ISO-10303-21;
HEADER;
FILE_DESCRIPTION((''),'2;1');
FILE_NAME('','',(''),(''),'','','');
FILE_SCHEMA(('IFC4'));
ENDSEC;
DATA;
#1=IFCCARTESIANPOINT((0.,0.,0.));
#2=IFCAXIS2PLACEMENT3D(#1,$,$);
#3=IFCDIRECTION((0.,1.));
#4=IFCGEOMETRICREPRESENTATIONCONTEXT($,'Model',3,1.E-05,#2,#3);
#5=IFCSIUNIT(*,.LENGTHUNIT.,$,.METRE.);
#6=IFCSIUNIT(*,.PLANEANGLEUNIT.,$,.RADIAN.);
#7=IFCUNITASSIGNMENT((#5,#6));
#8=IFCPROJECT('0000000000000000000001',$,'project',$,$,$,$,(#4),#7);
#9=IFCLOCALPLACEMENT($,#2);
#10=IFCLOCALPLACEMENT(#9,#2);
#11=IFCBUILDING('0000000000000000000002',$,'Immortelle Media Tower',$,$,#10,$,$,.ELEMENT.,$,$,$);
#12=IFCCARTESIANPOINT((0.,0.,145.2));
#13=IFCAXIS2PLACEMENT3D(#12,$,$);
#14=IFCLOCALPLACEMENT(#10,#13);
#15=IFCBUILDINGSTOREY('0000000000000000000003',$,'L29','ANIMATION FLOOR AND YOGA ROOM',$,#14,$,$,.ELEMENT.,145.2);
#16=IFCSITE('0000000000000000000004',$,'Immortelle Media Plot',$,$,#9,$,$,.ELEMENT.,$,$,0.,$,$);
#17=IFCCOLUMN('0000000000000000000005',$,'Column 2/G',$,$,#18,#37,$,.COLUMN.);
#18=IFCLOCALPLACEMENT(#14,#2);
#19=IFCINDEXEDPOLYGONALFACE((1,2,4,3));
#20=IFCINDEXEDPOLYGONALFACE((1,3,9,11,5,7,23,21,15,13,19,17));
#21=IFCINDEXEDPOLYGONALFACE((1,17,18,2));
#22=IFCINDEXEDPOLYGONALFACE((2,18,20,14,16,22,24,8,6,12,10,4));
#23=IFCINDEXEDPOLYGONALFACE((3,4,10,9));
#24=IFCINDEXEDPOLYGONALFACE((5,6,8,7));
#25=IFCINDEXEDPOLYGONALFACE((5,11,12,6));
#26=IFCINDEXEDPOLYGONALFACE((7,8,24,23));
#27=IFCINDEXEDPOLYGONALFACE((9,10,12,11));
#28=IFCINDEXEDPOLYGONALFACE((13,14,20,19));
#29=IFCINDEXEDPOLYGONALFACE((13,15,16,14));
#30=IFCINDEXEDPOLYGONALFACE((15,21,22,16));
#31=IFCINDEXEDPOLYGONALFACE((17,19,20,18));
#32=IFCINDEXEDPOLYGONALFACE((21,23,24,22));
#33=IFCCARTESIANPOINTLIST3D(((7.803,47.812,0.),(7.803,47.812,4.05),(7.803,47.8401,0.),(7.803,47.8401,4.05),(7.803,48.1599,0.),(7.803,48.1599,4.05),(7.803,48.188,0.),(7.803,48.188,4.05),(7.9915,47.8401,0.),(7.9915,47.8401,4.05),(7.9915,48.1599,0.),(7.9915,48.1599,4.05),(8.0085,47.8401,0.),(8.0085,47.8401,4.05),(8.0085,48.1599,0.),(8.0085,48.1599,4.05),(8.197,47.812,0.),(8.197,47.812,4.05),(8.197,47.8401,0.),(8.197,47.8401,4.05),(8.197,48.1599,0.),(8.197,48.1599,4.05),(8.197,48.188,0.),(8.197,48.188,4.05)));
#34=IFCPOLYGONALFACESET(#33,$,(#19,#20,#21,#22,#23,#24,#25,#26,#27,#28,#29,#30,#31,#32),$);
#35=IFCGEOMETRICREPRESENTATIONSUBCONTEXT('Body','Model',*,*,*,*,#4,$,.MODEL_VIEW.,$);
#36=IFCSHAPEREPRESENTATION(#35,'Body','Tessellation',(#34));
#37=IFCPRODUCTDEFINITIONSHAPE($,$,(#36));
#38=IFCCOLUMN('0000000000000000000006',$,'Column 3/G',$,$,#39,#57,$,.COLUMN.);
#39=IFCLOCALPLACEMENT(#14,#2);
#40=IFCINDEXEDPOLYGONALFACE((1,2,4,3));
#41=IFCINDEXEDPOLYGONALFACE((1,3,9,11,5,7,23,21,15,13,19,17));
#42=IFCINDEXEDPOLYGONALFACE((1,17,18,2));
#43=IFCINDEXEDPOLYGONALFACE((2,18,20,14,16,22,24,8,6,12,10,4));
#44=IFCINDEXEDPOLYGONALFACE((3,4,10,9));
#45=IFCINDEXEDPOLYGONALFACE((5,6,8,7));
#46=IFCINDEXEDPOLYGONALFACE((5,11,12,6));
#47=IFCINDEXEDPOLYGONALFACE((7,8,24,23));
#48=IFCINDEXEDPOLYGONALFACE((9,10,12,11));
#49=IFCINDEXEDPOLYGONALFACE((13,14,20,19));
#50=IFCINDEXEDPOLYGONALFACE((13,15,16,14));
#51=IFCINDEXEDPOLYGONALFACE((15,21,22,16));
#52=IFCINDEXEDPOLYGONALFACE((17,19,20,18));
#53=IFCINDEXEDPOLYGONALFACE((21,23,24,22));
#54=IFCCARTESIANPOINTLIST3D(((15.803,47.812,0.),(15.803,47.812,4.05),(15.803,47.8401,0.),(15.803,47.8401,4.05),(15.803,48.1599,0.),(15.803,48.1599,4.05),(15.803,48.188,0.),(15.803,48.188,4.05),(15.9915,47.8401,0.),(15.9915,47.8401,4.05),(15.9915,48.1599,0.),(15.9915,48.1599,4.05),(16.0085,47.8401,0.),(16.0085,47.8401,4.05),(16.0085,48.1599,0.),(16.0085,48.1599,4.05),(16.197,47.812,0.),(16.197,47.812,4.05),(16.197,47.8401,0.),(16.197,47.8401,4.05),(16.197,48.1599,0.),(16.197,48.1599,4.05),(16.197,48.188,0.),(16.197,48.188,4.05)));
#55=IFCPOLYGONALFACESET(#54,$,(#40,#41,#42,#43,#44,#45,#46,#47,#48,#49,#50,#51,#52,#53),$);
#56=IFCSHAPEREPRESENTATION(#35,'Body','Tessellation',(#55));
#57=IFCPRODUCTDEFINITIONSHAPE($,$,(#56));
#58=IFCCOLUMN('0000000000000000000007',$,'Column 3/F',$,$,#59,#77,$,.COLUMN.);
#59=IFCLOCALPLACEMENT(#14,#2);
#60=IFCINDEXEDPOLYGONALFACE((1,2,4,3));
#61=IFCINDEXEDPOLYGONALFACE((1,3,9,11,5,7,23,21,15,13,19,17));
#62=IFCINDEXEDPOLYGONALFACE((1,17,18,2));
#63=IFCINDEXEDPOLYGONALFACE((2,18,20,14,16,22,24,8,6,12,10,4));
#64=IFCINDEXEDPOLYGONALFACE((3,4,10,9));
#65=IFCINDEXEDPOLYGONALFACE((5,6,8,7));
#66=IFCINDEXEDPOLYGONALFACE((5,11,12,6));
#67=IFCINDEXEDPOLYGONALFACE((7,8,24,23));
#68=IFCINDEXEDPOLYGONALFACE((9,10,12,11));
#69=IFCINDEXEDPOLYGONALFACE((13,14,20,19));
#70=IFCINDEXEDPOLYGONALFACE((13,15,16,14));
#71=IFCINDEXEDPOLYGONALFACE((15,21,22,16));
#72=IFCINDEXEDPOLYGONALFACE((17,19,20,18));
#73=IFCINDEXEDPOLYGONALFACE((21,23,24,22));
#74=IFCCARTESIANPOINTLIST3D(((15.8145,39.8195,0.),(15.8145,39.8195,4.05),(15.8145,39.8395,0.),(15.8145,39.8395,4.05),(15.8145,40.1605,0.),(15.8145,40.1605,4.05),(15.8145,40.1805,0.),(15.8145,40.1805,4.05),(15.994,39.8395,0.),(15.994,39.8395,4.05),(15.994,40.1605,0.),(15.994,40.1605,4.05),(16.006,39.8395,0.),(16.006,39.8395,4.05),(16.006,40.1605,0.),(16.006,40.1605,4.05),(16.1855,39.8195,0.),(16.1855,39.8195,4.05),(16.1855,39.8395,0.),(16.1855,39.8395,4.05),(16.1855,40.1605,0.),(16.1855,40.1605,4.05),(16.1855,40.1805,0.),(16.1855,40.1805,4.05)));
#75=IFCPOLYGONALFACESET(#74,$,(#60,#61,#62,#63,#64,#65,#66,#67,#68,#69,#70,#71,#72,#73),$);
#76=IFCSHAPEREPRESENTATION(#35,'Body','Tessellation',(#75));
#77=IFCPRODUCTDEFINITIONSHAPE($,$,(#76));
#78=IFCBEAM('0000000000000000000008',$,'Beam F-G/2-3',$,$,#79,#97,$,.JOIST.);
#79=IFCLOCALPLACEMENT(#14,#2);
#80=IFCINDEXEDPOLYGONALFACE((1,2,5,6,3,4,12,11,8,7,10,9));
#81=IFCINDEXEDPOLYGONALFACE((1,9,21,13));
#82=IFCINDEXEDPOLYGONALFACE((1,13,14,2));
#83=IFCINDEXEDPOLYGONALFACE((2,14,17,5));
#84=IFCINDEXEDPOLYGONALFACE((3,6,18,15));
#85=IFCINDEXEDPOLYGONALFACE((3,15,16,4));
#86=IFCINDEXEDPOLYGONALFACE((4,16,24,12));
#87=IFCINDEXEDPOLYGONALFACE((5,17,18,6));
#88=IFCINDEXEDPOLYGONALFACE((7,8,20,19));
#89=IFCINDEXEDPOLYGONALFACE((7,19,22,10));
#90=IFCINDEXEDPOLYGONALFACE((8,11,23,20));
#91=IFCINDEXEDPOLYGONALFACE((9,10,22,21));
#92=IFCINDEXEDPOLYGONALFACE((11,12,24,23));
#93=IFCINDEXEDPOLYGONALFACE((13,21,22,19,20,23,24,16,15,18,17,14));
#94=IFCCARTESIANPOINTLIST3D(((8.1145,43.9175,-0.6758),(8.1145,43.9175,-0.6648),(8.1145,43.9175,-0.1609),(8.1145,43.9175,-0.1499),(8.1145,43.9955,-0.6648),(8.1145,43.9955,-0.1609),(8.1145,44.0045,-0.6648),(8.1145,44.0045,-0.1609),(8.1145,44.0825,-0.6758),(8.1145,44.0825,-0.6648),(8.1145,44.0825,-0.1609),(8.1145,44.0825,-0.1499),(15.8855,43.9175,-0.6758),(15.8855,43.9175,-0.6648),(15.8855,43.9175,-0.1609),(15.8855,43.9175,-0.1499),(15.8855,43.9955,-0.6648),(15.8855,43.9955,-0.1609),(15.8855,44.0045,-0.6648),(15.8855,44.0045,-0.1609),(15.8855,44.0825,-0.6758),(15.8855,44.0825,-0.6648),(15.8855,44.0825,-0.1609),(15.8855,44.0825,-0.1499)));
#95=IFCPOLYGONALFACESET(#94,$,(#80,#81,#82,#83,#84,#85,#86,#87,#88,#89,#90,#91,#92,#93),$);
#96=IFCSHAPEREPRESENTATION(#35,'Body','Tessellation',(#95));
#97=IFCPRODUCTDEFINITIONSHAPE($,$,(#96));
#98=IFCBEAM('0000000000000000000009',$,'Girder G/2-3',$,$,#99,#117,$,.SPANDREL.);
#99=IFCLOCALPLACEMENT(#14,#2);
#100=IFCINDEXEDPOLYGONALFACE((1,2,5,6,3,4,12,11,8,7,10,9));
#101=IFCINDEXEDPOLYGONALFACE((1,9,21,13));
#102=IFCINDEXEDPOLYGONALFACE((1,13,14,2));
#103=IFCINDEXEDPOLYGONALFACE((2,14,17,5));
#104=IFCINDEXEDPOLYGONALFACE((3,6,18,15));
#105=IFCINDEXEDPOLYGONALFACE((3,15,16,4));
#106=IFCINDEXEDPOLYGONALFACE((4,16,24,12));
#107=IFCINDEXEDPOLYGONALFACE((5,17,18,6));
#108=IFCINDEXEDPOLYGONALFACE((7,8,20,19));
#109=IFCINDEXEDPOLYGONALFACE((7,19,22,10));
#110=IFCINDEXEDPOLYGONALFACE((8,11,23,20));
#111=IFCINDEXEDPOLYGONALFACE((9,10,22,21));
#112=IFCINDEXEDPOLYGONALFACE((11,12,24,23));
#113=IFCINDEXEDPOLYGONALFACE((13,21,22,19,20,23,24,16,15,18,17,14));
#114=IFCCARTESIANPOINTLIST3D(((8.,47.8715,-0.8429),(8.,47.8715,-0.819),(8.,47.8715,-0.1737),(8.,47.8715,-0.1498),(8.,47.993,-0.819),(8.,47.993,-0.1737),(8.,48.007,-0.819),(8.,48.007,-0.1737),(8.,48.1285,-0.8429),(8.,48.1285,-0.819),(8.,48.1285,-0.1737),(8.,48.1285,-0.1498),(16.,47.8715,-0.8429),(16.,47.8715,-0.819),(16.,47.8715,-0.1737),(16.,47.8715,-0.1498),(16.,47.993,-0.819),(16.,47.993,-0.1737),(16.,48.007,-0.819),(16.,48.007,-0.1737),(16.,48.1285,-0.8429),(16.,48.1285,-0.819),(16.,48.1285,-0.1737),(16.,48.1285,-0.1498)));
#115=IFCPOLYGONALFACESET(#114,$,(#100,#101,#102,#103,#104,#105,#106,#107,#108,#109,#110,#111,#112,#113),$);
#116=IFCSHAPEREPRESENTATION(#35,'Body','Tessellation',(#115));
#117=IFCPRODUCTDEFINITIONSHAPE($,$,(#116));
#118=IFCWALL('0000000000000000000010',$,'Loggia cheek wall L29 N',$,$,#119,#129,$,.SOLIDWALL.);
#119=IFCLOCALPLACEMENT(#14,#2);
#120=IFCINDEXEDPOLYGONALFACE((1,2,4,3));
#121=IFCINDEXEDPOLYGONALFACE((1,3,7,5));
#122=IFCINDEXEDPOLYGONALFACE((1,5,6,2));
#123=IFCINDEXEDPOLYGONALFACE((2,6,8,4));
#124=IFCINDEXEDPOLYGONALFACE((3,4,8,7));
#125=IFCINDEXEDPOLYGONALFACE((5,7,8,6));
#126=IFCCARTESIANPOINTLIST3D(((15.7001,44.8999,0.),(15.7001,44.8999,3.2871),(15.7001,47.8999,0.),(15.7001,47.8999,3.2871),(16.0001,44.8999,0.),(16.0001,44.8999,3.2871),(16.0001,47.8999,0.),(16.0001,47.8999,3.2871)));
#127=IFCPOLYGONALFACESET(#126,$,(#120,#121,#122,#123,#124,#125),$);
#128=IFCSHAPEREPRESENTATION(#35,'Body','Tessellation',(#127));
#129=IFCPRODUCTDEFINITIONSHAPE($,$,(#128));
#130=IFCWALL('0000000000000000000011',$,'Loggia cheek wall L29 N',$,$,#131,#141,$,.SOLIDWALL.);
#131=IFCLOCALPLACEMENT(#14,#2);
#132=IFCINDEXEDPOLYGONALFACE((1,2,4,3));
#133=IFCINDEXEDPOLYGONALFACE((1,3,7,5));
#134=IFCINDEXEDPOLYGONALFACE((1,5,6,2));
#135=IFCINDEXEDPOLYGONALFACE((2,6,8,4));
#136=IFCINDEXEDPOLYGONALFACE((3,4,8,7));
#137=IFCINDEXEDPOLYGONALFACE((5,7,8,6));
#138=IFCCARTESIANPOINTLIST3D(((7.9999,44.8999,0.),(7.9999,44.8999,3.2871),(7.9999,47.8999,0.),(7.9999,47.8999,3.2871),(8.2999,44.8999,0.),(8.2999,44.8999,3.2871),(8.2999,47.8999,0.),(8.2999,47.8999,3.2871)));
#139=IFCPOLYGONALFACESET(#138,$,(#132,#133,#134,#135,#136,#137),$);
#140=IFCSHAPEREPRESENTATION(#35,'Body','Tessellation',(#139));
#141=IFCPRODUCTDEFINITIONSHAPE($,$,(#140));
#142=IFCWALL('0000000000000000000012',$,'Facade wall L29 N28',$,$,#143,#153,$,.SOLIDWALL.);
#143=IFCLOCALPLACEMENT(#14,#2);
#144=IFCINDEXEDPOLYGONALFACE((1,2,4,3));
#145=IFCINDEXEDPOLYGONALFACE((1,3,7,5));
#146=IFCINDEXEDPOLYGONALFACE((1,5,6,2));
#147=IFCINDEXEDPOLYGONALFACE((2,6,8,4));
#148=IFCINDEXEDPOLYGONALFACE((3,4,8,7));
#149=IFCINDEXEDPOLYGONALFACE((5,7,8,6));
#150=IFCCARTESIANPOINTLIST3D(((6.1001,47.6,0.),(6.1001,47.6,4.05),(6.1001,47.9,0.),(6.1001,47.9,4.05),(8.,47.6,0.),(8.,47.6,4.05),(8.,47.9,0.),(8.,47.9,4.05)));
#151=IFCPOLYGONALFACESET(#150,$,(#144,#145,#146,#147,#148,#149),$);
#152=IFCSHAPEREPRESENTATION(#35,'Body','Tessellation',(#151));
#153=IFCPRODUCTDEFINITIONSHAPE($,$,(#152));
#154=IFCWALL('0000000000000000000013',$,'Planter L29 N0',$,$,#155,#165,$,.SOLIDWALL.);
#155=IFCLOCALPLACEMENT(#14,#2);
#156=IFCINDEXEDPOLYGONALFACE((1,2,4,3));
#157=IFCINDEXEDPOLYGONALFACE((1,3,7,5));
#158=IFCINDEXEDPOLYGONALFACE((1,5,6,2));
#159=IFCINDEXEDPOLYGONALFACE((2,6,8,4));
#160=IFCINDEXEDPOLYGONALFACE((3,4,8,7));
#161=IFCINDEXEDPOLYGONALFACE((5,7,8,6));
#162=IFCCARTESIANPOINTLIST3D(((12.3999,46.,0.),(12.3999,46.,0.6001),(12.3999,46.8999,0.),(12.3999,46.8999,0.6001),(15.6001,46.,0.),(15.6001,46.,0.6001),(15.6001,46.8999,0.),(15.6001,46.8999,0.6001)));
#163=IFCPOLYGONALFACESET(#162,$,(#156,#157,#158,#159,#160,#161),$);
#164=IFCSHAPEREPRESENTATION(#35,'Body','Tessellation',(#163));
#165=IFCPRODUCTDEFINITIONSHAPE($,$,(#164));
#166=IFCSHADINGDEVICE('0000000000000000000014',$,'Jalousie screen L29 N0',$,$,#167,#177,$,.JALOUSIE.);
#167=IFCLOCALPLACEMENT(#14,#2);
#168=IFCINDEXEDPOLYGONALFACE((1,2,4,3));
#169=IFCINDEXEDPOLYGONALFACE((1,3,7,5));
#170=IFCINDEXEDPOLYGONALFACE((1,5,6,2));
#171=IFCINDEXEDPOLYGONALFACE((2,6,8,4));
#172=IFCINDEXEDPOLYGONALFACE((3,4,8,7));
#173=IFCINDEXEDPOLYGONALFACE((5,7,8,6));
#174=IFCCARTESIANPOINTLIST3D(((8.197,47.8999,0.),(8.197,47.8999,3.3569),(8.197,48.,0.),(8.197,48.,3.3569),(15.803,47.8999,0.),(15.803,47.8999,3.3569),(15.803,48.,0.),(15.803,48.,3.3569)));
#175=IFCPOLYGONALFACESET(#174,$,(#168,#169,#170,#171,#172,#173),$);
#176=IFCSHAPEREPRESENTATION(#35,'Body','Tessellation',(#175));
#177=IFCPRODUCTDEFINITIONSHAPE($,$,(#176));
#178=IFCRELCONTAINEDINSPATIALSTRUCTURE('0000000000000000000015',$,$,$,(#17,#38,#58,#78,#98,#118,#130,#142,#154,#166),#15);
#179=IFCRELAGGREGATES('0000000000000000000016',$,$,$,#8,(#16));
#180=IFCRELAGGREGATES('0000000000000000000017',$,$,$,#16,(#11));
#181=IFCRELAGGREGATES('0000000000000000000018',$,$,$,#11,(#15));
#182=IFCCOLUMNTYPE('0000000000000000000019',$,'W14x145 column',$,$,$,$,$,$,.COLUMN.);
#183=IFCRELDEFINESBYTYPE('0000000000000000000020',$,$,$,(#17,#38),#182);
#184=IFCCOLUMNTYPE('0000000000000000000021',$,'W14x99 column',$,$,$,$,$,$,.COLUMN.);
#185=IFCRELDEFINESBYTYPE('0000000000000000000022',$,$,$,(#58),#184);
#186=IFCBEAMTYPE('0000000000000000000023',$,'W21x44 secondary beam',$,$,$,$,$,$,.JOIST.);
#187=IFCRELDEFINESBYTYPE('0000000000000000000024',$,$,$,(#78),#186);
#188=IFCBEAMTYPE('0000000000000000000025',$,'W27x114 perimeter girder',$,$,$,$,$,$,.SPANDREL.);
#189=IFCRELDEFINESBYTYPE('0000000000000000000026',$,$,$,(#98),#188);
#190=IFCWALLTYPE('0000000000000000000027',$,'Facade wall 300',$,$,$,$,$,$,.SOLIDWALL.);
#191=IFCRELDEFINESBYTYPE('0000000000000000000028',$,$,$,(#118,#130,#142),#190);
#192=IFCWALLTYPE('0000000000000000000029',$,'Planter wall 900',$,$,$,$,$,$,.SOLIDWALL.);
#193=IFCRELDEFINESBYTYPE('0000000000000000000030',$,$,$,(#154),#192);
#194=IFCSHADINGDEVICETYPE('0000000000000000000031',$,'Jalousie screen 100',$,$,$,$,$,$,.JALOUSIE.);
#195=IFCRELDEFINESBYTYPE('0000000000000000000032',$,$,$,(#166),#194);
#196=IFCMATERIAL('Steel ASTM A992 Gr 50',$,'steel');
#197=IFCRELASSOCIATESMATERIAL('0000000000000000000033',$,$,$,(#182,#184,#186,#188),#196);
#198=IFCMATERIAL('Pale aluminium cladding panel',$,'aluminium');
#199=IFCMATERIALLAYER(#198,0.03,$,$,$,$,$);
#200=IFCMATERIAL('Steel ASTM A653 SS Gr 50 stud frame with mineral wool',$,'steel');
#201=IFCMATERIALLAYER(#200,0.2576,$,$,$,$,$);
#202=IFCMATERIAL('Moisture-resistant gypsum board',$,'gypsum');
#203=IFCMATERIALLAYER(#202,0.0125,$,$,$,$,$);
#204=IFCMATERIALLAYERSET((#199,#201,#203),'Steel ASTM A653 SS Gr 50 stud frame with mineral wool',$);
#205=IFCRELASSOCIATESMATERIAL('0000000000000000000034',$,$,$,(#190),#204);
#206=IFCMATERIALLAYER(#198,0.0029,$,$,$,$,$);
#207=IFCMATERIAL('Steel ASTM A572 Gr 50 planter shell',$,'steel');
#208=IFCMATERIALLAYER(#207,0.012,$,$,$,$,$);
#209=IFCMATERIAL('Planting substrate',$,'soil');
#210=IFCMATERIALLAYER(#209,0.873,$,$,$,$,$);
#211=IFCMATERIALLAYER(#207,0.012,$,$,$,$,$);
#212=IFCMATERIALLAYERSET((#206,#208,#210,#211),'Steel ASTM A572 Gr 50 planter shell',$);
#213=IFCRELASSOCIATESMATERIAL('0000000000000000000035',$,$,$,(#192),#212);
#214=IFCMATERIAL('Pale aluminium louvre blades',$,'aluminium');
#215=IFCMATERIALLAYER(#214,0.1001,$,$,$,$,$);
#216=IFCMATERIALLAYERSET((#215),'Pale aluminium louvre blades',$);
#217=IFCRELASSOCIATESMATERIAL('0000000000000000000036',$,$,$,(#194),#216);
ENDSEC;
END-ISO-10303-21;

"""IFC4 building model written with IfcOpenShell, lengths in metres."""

from ifc_helpers import new_model, si_unit, direction, frame, frame_2d, origin, origin_2d, place, context, subcontext, project, spatial, rectangle, i_section, extrude, material, layer, layer_set, material_profile, profile_set, type_object, element, save


model = new_model("IFC4")

# Units and contexts
model_context = context("Model", 3, precision=1e-05, world=origin(), true_north=direction((0.0, 1.0)))
body_context = subcontext(model_context, "Body", "Model", "MODEL_VIEW")
ifc_project = project(units=[si_unit("LENGTHUNIT", "METRE"), si_unit("PLANEANGLEUNIT", "RADIAN")], contexts=[model_context])

# Site, building, storey
site_placement = place(None, origin())
site = spatial("IfcSite", under=ifc_project, at=site_placement, Name="Immortelle Media Plot", CompositionType="ELEMENT", RefElevation=0.0)
building_placement = place(site_placement, origin())
building = spatial("IfcBuilding", under=site, at=building_placement, Name="Immortelle Media Tower", CompositionType="ELEMENT")
storey_placement = place(building_placement, frame((0.0, 0.0, 145.2)))
storey = spatial("IfcBuildingStorey", under=building, at=storey_placement, Name="L29", Description="ANIMATION FLOOR AND YOGA ROOM", CompositionType="ELEMENT", Elevation=145.2)

# Columns
ifc_material_1 = material(Name="Steel ASTM A992 Gr 50", Category="steel")
ifc_material_profile_1 = material_profile(ifc_material_1, i_section(OverallWidth=0.394, OverallDepth=0.376, WebThickness=0.0171, FlangeThickness=0.0281, at=origin_2d()), Name="W14x145")
ifc_profile_set_1 = profile_set([ifc_material_profile_1], Name="Steel ASTM A992 Gr 50")
column_type_1 = type_object("IfcColumnType", Name="W14x145 column", PredefinedType="COLUMN", material=ifc_profile_set_1)
for number, where, z_axis, x_axis, name in (
    (1, (8.0, 48.0, 0.0), (0.0, 0.0, 1.0), (1.0, 0.0, 0.0), "Column 2/G"),
    (2, (16.0, 48.0, 0.0), (0.0, 0.0, 1.0), (1.0, 0.0, 0.0), "Column 3/G"),
):
    element("IfcColumn", number, at=place(storey_placement, frame(where, z_axis=z_axis, x_axis=x_axis)), inside=storey, type_object=column_type_1, Name=name, PredefinedType="COLUMN", context=body_context, shape_type="SweptSolid", body=[
        extrude(i_section(OverallWidth=0.394, OverallDepth=0.376, WebThickness=0.0171, FlangeThickness=0.0281, at=origin_2d()), origin(), (0.0, 0.0, 1.0), 4.05),
    ])
ifc_material_profile_2 = material_profile(ifc_material_1, i_section(OverallWidth=0.3711, OverallDepth=0.3611, WebThickness=0.012, FlangeThickness=0.02, at=origin_2d()), Name="W14x99")
ifc_profile_set_2 = profile_set([ifc_material_profile_2], Name="Steel ASTM A992 Gr 50")
column_type_2 = type_object("IfcColumnType", Name="W14x99 column", PredefinedType="COLUMN", material=ifc_profile_set_2)
column_placement = place(storey_placement, frame((16.0, 40.0, 0.0), z_axis=(0.0, 0.0, 1.0), x_axis=(1.0, 0.0, 0.0)))
element("IfcColumn", 3, at=column_placement, inside=storey, type_object=column_type_2, Name="Column 3/F", PredefinedType="COLUMN", context=body_context, shape_type="SweptSolid", body=[
    extrude(i_section(OverallWidth=0.3711, OverallDepth=0.3611, WebThickness=0.012, FlangeThickness=0.02, at=origin_2d()), origin(), (0.0, 0.0, 1.0), 4.05),
])

# Beams
ifc_material_profile_3 = material_profile(ifc_material_1, i_section(OverallWidth=0.165, OverallDepth=0.5259, WebThickness=0.009, FlangeThickness=0.011, at=origin_2d()), Name="W21x44")
ifc_profile_set_3 = profile_set([ifc_material_profile_3], Name="Steel ASTM A992 Gr 50")
beam_type_1 = type_object("IfcBeamType", Name="W21x44 secondary beam", PredefinedType="JOIST", material=ifc_profile_set_3)
beam_1_placement = place(storey_placement, frame((8.1145, 44.0, -0.4128), z_axis=(1.0, 0.0, 0.0), x_axis=(0.0, 1.0, 0.0)))
element("IfcBeam", 4, at=beam_1_placement, inside=storey, type_object=beam_type_1, Name="Beam F-G/2-3", PredefinedType="JOIST", context=body_context, shape_type="SweptSolid", body=[
    extrude(i_section(OverallWidth=0.165, OverallDepth=0.5259, WebThickness=0.009, FlangeThickness=0.011, at=origin_2d()), origin(), (0.0, 0.0, 1.0), 7.771),
])
ifc_material_profile_4 = material_profile(ifc_material_1, i_section(OverallWidth=0.2571, OverallDepth=0.6931, WebThickness=0.0139, FlangeThickness=0.0239, at=origin_2d()), Name="W27x114")
ifc_profile_set_4 = profile_set([ifc_material_profile_4], Name="Steel ASTM A992 Gr 50")
beam_type_2 = type_object("IfcBeamType", Name="W27x114 perimeter girder", PredefinedType="SPANDREL", material=ifc_profile_set_4)
beam_2_placement = place(storey_placement, frame((8.0, 48.0, -0.4963), z_axis=(1.0, 0.0, 0.0), x_axis=(0.0, 1.0, 0.0)))
element("IfcBeam", 5, at=beam_2_placement, inside=storey, type_object=beam_type_2, Name="Girder G/2-3", PredefinedType="SPANDREL", context=body_context, shape_type="SweptSolid", body=[
    extrude(i_section(OverallWidth=0.2571, OverallDepth=0.6931, WebThickness=0.0139, FlangeThickness=0.0239, at=origin_2d()), origin(), (0.0, 0.0, 1.0), 8.0),
])

# Shared definitions
ifc_material_2 = material(Name="Pale aluminium cladding panel", Category="aluminium")
ifc_layer_1 = layer(ifc_material_2, 0.03)
ifc_material_3 = material(Name="Steel ASTM A653 SS Gr 50 stud frame with mineral wool", Category="steel")
ifc_layer_2 = layer(ifc_material_3, 0.2576)
ifc_material_4 = material(Name="Moisture-resistant gypsum board", Category="gypsum")
ifc_layer_3 = layer(ifc_material_4, 0.0125)
ifc_layer_set_1 = layer_set([ifc_layer_1, ifc_layer_2, ifc_layer_3], Name="Steel ASTM A653 SS Gr 50 stud frame with mineral wool")
wall_type_1 = type_object("IfcWallType", Name="Facade wall 300", PredefinedType="SOLIDWALL", material=ifc_layer_set_1)

# Walls
for number, where, z_axis, x_axis, name in (
    (6, (15.8501, 47.8999, 0.0), (0.0, 0.0, 1.0), (0.0, -1.0, 0.0), "Loggia cheek wall L29 N"),
    (7, (8.1499, 47.8999, 0.0), (0.0, 0.0, 1.0), (0.0, -1.0, 0.0), "Loggia cheek wall L29 N"),
):
    element("IfcWall", number, at=place(storey_placement, frame(where, z_axis=z_axis, x_axis=x_axis)), inside=storey, type_object=wall_type_1, Name=name, PredefinedType="SOLIDWALL", context=body_context, shape_type="SweptSolid", body=[
        extrude(rectangle(XDim=3.0, YDim=0.3, at=frame_2d((1.5, 0.0))), origin(), (0.0, 0.0, 1.0), 3.2871),
    ])
wall_1_placement = place(storey_placement, frame((8.0, 47.75, 0.0), z_axis=(0.0, 0.0, 1.0), x_axis=(-1.0, 0.0, 0.0)))
element("IfcWall", 8, at=wall_1_placement, inside=storey, type_object=wall_type_1, Name="Facade wall L29 N28", PredefinedType="SOLIDWALL", context=body_context, shape_type="SweptSolid", body=[
    extrude(rectangle(XDim=1.8999, YDim=0.3, at=frame_2d((0.95, 0.0))), origin(), (0.0, 0.0, 1.0), 4.05),
])
ifc_layer_4 = layer(ifc_material_2, 0.0029)
ifc_material_5 = material(Name="Steel ASTM A572 Gr 50 planter shell", Category="steel")
ifc_layer_5 = layer(ifc_material_5, 0.012)
ifc_material_6 = material(Name="Planting substrate", Category="soil")
ifc_layer_6 = layer(ifc_material_6, 0.873)
ifc_layer_7 = layer(ifc_material_5, 0.012)
ifc_layer_set_2 = layer_set([ifc_layer_4, ifc_layer_5, ifc_layer_6, ifc_layer_7], Name="Steel ASTM A572 Gr 50 planter shell")
wall_type_2 = type_object("IfcWallType", Name="Planter wall 900", PredefinedType="SOLIDWALL", material=ifc_layer_set_2)
wall_2_placement = place(storey_placement, frame((15.6001, 46.45, 0.0), z_axis=(0.0, 0.0, 1.0), x_axis=(-1.0, 0.0, 0.0)))
element("IfcWall", 9, at=wall_2_placement, inside=storey, type_object=wall_type_2, Name="Planter L29 N0", PredefinedType="SOLIDWALL", context=body_context, shape_type="SweptSolid", body=[
    extrude(rectangle(XDim=3.2002, YDim=0.8999, at=frame_2d((1.6001, 0.0))), origin(), (0.0, 0.0, 1.0), 0.6001),
])

# Shading device
ifc_material_7 = material(Name="Pale aluminium louvre blades", Category="aluminium")
ifc_layer_8 = layer(ifc_material_7, 0.1001)
ifc_layer_set_3 = layer_set([ifc_layer_8], Name="Pale aluminium louvre blades")
shading_device_type = type_object("IfcShadingDeviceType", Name="Jalousie screen 100", PredefinedType="JALOUSIE", material=ifc_layer_set_3)
shading_device_placement = place(storey_placement, frame((12.0, 47.95, 0.0), z_axis=(0.0, 0.0, 1.0), x_axis=(-1.0, 0.0, 0.0)))
element("IfcShadingDevice", 10, at=shading_device_placement, inside=storey, type_object=shading_device_type, Name="Jalousie screen L29 N0", PredefinedType="JALOUSIE", context=body_context, shape_type="SweptSolid", body=[
    extrude(rectangle(XDim=7.606, YDim=0.1001, at=origin_2d()), origin(), (0.0, 0.0, 1.0), 3.3569),
])

save(model, "model.ifc")
